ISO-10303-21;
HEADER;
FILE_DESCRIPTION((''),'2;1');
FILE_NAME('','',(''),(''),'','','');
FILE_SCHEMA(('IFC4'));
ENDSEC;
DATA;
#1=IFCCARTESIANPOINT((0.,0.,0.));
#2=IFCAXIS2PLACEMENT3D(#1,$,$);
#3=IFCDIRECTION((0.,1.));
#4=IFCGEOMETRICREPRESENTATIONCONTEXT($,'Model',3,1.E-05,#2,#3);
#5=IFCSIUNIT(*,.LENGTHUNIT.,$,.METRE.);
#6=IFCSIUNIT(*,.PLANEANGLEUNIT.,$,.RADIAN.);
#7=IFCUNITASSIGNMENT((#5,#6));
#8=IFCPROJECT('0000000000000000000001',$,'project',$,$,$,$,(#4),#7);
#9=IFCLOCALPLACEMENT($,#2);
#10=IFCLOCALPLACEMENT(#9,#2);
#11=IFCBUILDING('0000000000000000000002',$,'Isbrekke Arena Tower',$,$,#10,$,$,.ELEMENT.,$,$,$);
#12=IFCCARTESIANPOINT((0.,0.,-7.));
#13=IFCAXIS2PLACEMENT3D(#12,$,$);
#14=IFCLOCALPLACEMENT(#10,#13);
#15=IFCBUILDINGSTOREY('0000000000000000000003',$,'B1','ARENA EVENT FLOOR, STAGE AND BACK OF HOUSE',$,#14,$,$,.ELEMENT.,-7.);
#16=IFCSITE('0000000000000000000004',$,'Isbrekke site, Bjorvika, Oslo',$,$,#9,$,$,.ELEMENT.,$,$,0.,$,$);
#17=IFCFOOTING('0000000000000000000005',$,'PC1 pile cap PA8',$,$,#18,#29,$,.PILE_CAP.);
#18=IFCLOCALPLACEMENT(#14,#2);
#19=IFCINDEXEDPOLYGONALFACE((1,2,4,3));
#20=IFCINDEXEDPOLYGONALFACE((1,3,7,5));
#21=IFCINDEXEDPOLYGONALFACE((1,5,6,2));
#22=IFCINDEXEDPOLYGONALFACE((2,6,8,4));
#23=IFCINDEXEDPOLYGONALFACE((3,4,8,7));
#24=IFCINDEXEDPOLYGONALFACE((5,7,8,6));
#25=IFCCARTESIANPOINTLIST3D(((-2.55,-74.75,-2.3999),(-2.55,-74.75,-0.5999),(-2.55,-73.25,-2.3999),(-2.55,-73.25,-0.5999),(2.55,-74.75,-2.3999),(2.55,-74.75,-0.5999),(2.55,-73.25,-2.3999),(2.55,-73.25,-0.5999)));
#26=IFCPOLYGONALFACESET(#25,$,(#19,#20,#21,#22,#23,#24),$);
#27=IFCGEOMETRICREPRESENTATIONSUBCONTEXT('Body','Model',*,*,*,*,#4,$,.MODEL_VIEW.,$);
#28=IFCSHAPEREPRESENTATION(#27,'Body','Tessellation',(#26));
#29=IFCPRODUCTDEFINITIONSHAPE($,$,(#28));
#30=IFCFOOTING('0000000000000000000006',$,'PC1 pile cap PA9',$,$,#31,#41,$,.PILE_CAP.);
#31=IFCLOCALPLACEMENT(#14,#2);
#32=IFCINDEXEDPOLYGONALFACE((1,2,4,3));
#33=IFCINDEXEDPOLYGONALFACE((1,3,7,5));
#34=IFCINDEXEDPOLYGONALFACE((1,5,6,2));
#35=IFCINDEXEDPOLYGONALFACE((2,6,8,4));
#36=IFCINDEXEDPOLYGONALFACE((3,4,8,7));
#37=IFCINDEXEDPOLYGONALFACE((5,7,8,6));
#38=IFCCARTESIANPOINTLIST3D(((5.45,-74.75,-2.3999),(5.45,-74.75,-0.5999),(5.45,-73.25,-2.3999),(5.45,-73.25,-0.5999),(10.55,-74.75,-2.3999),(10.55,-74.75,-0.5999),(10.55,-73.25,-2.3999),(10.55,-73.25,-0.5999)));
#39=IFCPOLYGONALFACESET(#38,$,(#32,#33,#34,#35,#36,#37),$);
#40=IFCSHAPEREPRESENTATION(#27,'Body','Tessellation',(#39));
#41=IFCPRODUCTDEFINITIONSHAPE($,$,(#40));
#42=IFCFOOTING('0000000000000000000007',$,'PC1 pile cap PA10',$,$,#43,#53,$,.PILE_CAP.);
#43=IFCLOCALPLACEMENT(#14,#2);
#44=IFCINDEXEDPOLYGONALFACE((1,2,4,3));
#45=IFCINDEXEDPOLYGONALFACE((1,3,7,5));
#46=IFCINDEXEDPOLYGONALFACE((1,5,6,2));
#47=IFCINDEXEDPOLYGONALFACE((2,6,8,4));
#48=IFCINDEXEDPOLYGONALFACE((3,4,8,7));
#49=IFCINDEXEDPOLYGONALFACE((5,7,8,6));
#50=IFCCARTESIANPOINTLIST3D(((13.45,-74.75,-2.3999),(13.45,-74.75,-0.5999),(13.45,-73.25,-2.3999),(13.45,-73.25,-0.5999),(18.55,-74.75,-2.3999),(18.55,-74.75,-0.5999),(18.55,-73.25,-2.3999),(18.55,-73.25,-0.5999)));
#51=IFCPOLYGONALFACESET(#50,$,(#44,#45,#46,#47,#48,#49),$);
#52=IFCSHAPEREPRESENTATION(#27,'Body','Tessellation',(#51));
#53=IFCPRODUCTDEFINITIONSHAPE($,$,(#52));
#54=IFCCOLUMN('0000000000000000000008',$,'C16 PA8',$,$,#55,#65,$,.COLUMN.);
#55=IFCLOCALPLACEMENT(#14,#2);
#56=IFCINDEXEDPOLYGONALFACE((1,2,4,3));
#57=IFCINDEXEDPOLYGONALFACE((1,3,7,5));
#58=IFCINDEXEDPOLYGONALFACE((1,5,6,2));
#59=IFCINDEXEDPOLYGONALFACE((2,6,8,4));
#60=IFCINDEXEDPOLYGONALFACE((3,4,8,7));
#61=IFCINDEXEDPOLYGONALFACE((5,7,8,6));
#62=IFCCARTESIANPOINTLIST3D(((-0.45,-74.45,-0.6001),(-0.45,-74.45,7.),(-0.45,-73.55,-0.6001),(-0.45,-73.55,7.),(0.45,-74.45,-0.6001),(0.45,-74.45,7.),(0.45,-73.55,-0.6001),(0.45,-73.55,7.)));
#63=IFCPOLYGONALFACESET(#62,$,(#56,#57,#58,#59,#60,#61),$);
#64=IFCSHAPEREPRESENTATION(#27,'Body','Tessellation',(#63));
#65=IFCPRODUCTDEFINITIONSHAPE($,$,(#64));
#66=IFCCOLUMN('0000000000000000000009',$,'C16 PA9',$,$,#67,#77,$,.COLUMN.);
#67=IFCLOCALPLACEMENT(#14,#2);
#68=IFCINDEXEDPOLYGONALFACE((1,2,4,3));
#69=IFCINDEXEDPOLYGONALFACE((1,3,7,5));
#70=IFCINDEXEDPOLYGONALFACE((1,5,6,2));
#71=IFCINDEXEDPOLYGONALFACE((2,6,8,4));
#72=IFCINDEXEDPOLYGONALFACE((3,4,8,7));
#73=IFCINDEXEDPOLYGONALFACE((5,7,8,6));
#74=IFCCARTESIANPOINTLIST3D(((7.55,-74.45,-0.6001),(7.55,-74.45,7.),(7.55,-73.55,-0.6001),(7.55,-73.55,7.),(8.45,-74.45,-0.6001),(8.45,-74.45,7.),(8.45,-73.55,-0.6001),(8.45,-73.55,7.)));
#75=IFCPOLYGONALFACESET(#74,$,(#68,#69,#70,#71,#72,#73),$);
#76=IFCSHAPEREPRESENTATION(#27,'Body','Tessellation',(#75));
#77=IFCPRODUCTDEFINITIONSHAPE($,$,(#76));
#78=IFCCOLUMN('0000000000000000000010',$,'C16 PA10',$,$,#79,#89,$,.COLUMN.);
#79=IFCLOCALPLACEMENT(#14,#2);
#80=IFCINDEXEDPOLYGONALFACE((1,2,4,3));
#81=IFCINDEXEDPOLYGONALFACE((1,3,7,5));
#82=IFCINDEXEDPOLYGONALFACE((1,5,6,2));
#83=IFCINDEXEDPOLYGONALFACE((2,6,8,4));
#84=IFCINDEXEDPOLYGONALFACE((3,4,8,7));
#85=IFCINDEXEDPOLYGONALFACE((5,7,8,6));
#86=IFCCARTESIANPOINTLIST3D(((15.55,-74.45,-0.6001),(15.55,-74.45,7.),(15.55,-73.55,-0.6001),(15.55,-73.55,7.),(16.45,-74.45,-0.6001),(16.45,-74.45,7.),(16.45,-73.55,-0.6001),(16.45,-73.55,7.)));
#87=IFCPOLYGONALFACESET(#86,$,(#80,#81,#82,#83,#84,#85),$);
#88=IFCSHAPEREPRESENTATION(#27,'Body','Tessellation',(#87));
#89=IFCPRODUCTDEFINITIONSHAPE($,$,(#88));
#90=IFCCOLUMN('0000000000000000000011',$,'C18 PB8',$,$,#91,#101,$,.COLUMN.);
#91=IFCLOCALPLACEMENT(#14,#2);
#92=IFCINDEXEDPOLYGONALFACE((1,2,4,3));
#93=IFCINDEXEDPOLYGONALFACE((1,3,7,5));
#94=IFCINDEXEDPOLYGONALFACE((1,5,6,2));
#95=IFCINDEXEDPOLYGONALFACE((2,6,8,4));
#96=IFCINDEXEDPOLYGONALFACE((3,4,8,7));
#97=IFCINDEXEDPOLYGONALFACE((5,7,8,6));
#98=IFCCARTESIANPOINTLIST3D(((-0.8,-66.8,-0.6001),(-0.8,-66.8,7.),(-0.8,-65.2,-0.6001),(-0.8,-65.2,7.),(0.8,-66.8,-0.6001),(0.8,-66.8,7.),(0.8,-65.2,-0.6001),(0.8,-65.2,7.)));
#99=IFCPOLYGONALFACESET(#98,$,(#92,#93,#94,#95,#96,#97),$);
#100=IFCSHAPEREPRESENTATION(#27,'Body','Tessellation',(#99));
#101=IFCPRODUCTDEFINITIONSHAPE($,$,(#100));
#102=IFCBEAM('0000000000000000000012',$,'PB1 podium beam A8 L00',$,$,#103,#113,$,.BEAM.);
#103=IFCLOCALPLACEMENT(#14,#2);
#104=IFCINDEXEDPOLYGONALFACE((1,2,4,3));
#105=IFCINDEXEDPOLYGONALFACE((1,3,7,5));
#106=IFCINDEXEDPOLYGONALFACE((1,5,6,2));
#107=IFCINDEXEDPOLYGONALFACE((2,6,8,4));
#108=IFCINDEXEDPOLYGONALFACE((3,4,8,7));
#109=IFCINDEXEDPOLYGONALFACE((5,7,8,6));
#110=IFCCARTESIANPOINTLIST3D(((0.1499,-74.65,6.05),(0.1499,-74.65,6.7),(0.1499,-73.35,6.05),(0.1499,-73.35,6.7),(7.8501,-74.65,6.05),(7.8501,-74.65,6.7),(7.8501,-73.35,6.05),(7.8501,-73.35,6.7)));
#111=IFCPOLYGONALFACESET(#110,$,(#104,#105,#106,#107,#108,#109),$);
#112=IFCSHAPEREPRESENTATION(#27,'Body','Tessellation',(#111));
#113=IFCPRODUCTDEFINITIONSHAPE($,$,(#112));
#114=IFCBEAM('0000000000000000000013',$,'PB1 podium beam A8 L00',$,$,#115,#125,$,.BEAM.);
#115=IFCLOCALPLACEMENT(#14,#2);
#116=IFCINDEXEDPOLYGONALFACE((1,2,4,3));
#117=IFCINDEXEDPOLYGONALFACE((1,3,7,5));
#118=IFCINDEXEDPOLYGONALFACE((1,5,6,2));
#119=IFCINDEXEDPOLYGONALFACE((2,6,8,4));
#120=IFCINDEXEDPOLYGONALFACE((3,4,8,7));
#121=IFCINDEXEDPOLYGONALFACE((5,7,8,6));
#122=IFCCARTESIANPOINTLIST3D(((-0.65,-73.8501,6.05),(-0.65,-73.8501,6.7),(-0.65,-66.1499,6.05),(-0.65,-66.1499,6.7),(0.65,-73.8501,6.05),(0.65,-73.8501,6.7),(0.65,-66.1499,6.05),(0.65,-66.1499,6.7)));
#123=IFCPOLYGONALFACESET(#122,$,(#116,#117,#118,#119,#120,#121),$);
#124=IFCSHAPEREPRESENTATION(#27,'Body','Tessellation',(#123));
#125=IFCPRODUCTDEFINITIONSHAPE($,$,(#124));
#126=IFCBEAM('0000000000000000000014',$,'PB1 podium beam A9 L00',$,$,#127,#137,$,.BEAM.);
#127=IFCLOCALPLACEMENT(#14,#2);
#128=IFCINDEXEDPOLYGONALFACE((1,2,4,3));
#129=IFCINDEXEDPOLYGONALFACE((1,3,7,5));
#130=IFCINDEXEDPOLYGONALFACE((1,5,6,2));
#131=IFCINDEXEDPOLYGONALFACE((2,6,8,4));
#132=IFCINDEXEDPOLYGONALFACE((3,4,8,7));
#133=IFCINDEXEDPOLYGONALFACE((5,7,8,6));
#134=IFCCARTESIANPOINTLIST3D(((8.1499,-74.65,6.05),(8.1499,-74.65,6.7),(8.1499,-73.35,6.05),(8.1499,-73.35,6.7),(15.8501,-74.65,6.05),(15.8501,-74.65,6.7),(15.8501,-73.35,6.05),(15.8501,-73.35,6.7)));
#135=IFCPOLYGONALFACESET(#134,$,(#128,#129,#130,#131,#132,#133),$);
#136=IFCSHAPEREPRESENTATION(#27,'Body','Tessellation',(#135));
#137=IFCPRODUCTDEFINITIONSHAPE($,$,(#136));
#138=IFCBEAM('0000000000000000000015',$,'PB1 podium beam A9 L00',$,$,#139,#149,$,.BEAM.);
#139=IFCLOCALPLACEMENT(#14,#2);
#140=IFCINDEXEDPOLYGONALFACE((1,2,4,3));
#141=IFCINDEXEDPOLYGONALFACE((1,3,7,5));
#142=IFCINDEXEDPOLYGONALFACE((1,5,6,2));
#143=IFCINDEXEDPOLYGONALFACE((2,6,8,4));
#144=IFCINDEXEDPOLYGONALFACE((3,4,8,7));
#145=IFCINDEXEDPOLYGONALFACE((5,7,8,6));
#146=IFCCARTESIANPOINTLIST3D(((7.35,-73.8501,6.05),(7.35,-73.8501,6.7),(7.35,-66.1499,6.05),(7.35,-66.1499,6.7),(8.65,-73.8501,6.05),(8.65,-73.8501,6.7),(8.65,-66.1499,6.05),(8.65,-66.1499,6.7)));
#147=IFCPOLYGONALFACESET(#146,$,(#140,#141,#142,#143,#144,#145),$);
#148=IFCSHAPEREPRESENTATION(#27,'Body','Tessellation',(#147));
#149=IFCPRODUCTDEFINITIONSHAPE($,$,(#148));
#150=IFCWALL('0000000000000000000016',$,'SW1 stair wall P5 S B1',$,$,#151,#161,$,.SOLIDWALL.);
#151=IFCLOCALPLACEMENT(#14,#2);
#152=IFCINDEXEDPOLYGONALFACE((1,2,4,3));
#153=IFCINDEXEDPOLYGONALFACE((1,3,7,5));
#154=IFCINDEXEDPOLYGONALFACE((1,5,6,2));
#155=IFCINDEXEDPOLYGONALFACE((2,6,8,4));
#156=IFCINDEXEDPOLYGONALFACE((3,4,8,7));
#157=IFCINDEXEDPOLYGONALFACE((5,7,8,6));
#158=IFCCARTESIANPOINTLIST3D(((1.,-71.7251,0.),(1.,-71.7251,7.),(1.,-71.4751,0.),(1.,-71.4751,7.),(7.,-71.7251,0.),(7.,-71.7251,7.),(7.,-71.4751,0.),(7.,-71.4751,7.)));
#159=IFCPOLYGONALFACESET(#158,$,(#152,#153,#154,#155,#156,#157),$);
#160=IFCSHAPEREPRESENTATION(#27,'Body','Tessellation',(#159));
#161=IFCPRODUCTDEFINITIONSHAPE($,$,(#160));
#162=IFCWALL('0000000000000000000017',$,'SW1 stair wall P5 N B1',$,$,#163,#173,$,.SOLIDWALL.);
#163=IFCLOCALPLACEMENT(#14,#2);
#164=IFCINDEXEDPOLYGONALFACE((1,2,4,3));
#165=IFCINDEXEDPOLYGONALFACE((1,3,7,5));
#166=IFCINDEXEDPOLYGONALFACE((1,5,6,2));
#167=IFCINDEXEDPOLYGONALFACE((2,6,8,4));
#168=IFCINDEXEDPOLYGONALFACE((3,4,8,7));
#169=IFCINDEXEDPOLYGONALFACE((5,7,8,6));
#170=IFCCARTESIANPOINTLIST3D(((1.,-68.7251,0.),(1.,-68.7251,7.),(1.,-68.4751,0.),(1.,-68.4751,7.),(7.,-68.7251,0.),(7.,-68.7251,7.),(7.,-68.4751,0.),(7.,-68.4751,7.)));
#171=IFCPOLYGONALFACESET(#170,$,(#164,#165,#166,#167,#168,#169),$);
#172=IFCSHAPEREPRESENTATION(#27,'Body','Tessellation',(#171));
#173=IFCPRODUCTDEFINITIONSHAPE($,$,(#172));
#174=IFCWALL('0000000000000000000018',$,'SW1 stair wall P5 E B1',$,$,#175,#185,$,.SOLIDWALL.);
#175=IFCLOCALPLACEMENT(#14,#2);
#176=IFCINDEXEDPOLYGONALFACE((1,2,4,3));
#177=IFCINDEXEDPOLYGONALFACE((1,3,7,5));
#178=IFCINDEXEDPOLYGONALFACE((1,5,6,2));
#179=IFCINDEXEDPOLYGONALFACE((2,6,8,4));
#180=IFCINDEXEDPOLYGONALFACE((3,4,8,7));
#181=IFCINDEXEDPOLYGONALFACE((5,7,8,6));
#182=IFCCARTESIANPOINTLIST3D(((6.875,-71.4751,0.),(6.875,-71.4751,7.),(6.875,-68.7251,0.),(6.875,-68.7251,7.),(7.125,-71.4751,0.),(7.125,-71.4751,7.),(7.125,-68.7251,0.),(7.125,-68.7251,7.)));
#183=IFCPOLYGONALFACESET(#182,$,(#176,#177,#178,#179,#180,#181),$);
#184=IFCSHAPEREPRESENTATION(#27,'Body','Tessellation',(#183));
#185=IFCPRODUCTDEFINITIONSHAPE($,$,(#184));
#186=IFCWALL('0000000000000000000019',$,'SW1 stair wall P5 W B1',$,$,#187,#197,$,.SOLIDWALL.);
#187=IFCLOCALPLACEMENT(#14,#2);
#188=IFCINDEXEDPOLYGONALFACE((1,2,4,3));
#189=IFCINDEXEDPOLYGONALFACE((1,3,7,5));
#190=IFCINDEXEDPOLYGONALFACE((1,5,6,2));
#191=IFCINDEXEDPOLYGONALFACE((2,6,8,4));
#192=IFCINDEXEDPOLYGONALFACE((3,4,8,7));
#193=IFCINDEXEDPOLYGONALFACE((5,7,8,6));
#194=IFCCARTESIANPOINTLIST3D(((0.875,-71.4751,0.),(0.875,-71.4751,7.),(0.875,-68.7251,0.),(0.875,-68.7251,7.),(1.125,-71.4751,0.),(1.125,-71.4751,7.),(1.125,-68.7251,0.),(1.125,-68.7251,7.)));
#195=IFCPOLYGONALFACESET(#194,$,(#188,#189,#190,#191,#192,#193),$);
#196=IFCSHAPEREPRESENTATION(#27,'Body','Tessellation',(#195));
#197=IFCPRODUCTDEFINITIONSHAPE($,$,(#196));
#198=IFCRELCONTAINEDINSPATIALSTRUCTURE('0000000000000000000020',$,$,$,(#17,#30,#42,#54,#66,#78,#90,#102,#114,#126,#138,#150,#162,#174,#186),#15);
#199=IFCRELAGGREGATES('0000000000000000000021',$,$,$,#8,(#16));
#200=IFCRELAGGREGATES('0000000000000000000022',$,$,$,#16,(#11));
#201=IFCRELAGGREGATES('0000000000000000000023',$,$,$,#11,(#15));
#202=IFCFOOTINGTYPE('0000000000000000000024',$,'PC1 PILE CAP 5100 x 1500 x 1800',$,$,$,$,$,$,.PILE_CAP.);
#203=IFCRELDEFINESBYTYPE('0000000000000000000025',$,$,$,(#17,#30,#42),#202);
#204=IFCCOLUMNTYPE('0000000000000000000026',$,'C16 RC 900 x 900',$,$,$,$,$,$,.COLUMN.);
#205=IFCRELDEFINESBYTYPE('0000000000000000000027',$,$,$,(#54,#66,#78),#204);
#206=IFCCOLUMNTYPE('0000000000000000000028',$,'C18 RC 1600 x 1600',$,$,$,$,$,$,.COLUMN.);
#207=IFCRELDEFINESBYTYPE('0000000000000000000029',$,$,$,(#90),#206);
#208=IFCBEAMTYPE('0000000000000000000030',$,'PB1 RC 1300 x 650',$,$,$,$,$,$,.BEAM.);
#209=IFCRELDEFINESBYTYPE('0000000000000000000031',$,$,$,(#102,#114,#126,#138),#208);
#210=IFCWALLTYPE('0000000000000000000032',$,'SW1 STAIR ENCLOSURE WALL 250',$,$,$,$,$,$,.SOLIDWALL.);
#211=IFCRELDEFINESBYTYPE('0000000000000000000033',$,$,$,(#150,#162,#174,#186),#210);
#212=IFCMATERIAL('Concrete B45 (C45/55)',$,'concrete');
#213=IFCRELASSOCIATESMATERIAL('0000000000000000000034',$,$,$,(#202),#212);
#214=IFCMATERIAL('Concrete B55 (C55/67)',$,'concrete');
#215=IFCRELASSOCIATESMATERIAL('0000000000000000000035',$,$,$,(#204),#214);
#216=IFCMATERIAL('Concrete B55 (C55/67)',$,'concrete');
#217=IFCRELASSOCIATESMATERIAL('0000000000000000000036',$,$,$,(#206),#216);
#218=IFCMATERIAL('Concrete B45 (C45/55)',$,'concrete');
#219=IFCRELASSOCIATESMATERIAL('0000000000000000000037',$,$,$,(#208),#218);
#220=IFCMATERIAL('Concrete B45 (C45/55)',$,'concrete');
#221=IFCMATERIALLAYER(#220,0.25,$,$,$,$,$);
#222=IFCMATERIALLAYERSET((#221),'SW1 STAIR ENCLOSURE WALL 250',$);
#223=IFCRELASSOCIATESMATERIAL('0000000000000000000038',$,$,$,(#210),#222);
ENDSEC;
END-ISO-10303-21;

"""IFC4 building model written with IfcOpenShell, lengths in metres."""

from ifc_helpers import new_model, si_unit, direction, frame, frame_2d, origin, origin_2d, place, context, subcontext, project, spatial, rectangle, extrude, material, layer, layer_set, material_profile, profile_set, type_object, element, save


model = new_model("IFC4")

# Units and contexts
model_context = context("Model", 3, precision=1e-05, world=origin(), true_north=direction((0.0, 1.0)))
body_context = subcontext(model_context, "Body", "Model", "MODEL_VIEW")
ifc_project = project(units=[si_unit("LENGTHUNIT", "METRE"), si_unit("PLANEANGLEUNIT", "RADIAN")], contexts=[model_context])

# Site, building, storey
site_placement = place(None, origin())
site = spatial("IfcSite", under=ifc_project, at=site_placement, Name="Isbrekke site, Bjorvika, Oslo", CompositionType="ELEMENT", RefElevation=0.0)
building_placement = place(site_placement, origin())
building = spatial("IfcBuilding", under=site, at=building_placement, Name="Isbrekke Arena Tower", CompositionType="ELEMENT")
storey_placement = place(building_placement, frame((0.0, 0.0, -7.0)))
storey = spatial("IfcBuildingStorey", under=building, at=storey_placement, Name="B1", Description="ARENA EVENT FLOOR, STAGE AND BACK OF HOUSE", CompositionType="ELEMENT", Elevation=-7.0)

# Footings
ifc_material_1 = material(Name="Concrete B45 (C45/55)", Category="concrete")
footing_type = type_object("IfcFootingType", Name="PC1 PILE CAP 5100 x 1500 x 1800", PredefinedType="PILE_CAP", material=ifc_material_1)
for number, where, z_axis, x_axis, name in (
    (1, (0.0, -74.0, -2.3999), (0.0, 0.0, 1.0), (1.0, 0.0, 0.0), "PC1 pile cap PA8"),
    (2, (8.0, -74.0, -2.3999), (0.0, 0.0, 1.0), (1.0, 0.0, 0.0), "PC1 pile cap PA9"),
    (3, (16.0, -74.0, -2.3999), (0.0, 0.0, 1.0), (1.0, 0.0, 0.0), "PC1 pile cap PA10"),
):
    element("IfcFooting", number, at=place(storey_placement, frame(where, z_axis=z_axis, x_axis=x_axis)), inside=storey, type_object=footing_type, Name=name, PredefinedType="PILE_CAP", context=body_context, shape_type="SweptSolid", body=[
        extrude(rectangle(XDim=5.1001, YDim=1.5, at=origin_2d()), origin(), (0.0, 0.0, 1.0), 1.8),
    ])

# Columns
ifc_material_2 = material(Name="Concrete B55 (C55/67)", Category="concrete")
ifc_material_profile_1 = material_profile(ifc_material_2, rectangle(XDim=0.8999, YDim=0.8999, at=origin_2d()), Name="RC 900x900")
ifc_profile_set_1 = profile_set([ifc_material_profile_1], Name="Concrete B55 (C55/67)")
column_type_1 = type_object("IfcColumnType", Name="C16 RC 900 x 900", PredefinedType="COLUMN", material=ifc_profile_set_1)
for number, where, z_axis, x_axis, name in (
    (4, (0.0, -74.0, -0.6001), (0.0, 0.0, 1.0), (1.0, 0.0, 0.0), "C16 PA8"),
    (5, (8.0, -74.0, -0.6001), (0.0, 0.0, 1.0), (1.0, 0.0, 0.0), "C16 PA9"),
    (6, (16.0, -74.0, -0.6001), (0.0, 0.0, 1.0), (1.0, 0.0, 0.0), "C16 PA10"),
):
    element("IfcColumn", number, at=place(storey_placement, frame(where, z_axis=z_axis, x_axis=x_axis)), inside=storey, type_object=column_type_1, Name=name, PredefinedType="COLUMN", context=body_context, shape_type="SweptSolid", body=[
        extrude(rectangle(XDim=0.8999, YDim=0.8999, at=origin_2d()), origin(), (0.0, 0.0, 1.0), 7.6001),
    ])
ifc_material_3 = material(Name="Concrete B55 (C55/67)", Category="concrete")
ifc_material_profile_2 = material_profile(ifc_material_3, rectangle(XDim=1.6001, YDim=1.6001, at=origin_2d()), Name="RC 1600x1600")
ifc_profile_set_2 = profile_set([ifc_material_profile_2], Name="Concrete B55 (C55/67)")
column_type_2 = type_object("IfcColumnType", Name="C18 RC 1600 x 1600", PredefinedType="COLUMN", material=ifc_profile_set_2)
column_placement = place(storey_placement, frame((0.0, -66.0, -0.6001), z_axis=(0.0, 0.0, 1.0), x_axis=(1.0, 0.0, 0.0)))
element("IfcColumn", 7, at=column_placement, inside=storey, type_object=column_type_2, Name="C18 PB8", PredefinedType="COLUMN", context=body_context, shape_type="SweptSolid", body=[
    extrude(rectangle(XDim=1.6001, YDim=1.6001, at=origin_2d()), origin(), (0.0, 0.0, 1.0), 7.6001),
])

# Beams
ifc_material_4 = material(Name="Concrete B45 (C45/55)", Category="concrete")
ifc_material_profile_3 = material_profile(ifc_material_4, rectangle(XDim=1.3, YDim=0.6499, at=origin_2d()), Name="RC 1300x650")
ifc_profile_set_3 = profile_set([ifc_material_profile_3], Name="Concrete B45 (C45/55)")
beam_type = type_object("IfcBeamType", Name="PB1 RC 1300 x 650", PredefinedType="BEAM", material=ifc_profile_set_3)
for number, where, z_axis, x_axis, name in (
    (8, (0.1499, -74.0, 6.375), (1.0, 0.0, 0.0), (0.0, 1.0, 0.0), "PB1 podium beam A8 L00"),
    (9, (0.0, -73.8501, 6.375), (0.0, 1.0, 0.0), (-1.0, 0.0, 0.0), "PB1 podium beam A8 L00"),
    (10, (8.1499, -74.0, 6.375), (1.0, 0.0, 0.0), (0.0, 1.0, 0.0), "PB1 podium beam A9 L00"),
    (11, (8.0, -73.8501, 6.375), (0.0, 1.0, 0.0), (-1.0, 0.0, 0.0), "PB1 podium beam A9 L00"),
):
    element("IfcBeam", number, at=place(storey_placement, frame(where, z_axis=z_axis, x_axis=x_axis)), inside=storey, type_object=beam_type, Name=name, PredefinedType="BEAM", context=body_context, shape_type="SweptSolid", body=[
        extrude(rectangle(XDim=1.3, YDim=0.6499, at=origin_2d()), origin(), (0.0, 0.0, 1.0), 7.7002),
    ])

# Walls
ifc_material_5 = material(Name="Concrete B45 (C45/55)", Category="concrete")
ifc_layer = layer(ifc_material_5, 0.25)
ifc_layer_set = layer_set([ifc_layer], Name="SW1 STAIR ENCLOSURE WALL 250")
wall_type = type_object("IfcWallType", Name="SW1 STAIR ENCLOSURE WALL 250", PredefinedType="SOLIDWALL", material=ifc_layer_set)
for number, where, z_axis, x_axis, name in (
    (12, (1.0, -71.6001, 0.0), (0.0, 0.0, 1.0), (1.0, 0.0, 0.0), "SW1 stair wall P5 S B1"),
    (13, (7.0, -68.6001, 0.0), (0.0, 0.0, 1.0), (-1.0, 0.0, 0.0), "SW1 stair wall P5 N B1"),
):
    element("IfcWall", number, at=place(storey_placement, frame(where, z_axis=z_axis, x_axis=x_axis)), inside=storey, type_object=wall_type, Name=name, PredefinedType="SOLIDWALL", context=body_context, shape_type="SweptSolid", body=[
        extrude(rectangle(XDim=6.0, YDim=0.25, at=frame_2d((3.0, 0.0))), origin(), (0.0, 0.0, 1.0), 7.0),
    ])
for number, where, z_axis, x_axis, name in (
    (14, (7.0, -71.4751, 0.0), (0.0, 0.0, 1.0), (0.0, 1.0, 0.0), "SW1 stair wall P5 E B1"),
    (15, (1.0, -68.7251, 0.0), (0.0, 0.0, 1.0), (0.0, -1.0, 0.0), "SW1 stair wall P5 W B1"),
):
    element("IfcWall", number, at=place(storey_placement, frame(where, z_axis=z_axis, x_axis=x_axis)), inside=storey, type_object=wall_type, Name=name, PredefinedType="SOLIDWALL", context=body_context, shape_type="SweptSolid", body=[
        extrude(rectangle(XDim=2.75, YDim=0.25, at=frame_2d((1.375, 0.0))), origin(), (0.0, 0.0, 1.0), 7.0),
    ])

save(model, "model.ifc")
